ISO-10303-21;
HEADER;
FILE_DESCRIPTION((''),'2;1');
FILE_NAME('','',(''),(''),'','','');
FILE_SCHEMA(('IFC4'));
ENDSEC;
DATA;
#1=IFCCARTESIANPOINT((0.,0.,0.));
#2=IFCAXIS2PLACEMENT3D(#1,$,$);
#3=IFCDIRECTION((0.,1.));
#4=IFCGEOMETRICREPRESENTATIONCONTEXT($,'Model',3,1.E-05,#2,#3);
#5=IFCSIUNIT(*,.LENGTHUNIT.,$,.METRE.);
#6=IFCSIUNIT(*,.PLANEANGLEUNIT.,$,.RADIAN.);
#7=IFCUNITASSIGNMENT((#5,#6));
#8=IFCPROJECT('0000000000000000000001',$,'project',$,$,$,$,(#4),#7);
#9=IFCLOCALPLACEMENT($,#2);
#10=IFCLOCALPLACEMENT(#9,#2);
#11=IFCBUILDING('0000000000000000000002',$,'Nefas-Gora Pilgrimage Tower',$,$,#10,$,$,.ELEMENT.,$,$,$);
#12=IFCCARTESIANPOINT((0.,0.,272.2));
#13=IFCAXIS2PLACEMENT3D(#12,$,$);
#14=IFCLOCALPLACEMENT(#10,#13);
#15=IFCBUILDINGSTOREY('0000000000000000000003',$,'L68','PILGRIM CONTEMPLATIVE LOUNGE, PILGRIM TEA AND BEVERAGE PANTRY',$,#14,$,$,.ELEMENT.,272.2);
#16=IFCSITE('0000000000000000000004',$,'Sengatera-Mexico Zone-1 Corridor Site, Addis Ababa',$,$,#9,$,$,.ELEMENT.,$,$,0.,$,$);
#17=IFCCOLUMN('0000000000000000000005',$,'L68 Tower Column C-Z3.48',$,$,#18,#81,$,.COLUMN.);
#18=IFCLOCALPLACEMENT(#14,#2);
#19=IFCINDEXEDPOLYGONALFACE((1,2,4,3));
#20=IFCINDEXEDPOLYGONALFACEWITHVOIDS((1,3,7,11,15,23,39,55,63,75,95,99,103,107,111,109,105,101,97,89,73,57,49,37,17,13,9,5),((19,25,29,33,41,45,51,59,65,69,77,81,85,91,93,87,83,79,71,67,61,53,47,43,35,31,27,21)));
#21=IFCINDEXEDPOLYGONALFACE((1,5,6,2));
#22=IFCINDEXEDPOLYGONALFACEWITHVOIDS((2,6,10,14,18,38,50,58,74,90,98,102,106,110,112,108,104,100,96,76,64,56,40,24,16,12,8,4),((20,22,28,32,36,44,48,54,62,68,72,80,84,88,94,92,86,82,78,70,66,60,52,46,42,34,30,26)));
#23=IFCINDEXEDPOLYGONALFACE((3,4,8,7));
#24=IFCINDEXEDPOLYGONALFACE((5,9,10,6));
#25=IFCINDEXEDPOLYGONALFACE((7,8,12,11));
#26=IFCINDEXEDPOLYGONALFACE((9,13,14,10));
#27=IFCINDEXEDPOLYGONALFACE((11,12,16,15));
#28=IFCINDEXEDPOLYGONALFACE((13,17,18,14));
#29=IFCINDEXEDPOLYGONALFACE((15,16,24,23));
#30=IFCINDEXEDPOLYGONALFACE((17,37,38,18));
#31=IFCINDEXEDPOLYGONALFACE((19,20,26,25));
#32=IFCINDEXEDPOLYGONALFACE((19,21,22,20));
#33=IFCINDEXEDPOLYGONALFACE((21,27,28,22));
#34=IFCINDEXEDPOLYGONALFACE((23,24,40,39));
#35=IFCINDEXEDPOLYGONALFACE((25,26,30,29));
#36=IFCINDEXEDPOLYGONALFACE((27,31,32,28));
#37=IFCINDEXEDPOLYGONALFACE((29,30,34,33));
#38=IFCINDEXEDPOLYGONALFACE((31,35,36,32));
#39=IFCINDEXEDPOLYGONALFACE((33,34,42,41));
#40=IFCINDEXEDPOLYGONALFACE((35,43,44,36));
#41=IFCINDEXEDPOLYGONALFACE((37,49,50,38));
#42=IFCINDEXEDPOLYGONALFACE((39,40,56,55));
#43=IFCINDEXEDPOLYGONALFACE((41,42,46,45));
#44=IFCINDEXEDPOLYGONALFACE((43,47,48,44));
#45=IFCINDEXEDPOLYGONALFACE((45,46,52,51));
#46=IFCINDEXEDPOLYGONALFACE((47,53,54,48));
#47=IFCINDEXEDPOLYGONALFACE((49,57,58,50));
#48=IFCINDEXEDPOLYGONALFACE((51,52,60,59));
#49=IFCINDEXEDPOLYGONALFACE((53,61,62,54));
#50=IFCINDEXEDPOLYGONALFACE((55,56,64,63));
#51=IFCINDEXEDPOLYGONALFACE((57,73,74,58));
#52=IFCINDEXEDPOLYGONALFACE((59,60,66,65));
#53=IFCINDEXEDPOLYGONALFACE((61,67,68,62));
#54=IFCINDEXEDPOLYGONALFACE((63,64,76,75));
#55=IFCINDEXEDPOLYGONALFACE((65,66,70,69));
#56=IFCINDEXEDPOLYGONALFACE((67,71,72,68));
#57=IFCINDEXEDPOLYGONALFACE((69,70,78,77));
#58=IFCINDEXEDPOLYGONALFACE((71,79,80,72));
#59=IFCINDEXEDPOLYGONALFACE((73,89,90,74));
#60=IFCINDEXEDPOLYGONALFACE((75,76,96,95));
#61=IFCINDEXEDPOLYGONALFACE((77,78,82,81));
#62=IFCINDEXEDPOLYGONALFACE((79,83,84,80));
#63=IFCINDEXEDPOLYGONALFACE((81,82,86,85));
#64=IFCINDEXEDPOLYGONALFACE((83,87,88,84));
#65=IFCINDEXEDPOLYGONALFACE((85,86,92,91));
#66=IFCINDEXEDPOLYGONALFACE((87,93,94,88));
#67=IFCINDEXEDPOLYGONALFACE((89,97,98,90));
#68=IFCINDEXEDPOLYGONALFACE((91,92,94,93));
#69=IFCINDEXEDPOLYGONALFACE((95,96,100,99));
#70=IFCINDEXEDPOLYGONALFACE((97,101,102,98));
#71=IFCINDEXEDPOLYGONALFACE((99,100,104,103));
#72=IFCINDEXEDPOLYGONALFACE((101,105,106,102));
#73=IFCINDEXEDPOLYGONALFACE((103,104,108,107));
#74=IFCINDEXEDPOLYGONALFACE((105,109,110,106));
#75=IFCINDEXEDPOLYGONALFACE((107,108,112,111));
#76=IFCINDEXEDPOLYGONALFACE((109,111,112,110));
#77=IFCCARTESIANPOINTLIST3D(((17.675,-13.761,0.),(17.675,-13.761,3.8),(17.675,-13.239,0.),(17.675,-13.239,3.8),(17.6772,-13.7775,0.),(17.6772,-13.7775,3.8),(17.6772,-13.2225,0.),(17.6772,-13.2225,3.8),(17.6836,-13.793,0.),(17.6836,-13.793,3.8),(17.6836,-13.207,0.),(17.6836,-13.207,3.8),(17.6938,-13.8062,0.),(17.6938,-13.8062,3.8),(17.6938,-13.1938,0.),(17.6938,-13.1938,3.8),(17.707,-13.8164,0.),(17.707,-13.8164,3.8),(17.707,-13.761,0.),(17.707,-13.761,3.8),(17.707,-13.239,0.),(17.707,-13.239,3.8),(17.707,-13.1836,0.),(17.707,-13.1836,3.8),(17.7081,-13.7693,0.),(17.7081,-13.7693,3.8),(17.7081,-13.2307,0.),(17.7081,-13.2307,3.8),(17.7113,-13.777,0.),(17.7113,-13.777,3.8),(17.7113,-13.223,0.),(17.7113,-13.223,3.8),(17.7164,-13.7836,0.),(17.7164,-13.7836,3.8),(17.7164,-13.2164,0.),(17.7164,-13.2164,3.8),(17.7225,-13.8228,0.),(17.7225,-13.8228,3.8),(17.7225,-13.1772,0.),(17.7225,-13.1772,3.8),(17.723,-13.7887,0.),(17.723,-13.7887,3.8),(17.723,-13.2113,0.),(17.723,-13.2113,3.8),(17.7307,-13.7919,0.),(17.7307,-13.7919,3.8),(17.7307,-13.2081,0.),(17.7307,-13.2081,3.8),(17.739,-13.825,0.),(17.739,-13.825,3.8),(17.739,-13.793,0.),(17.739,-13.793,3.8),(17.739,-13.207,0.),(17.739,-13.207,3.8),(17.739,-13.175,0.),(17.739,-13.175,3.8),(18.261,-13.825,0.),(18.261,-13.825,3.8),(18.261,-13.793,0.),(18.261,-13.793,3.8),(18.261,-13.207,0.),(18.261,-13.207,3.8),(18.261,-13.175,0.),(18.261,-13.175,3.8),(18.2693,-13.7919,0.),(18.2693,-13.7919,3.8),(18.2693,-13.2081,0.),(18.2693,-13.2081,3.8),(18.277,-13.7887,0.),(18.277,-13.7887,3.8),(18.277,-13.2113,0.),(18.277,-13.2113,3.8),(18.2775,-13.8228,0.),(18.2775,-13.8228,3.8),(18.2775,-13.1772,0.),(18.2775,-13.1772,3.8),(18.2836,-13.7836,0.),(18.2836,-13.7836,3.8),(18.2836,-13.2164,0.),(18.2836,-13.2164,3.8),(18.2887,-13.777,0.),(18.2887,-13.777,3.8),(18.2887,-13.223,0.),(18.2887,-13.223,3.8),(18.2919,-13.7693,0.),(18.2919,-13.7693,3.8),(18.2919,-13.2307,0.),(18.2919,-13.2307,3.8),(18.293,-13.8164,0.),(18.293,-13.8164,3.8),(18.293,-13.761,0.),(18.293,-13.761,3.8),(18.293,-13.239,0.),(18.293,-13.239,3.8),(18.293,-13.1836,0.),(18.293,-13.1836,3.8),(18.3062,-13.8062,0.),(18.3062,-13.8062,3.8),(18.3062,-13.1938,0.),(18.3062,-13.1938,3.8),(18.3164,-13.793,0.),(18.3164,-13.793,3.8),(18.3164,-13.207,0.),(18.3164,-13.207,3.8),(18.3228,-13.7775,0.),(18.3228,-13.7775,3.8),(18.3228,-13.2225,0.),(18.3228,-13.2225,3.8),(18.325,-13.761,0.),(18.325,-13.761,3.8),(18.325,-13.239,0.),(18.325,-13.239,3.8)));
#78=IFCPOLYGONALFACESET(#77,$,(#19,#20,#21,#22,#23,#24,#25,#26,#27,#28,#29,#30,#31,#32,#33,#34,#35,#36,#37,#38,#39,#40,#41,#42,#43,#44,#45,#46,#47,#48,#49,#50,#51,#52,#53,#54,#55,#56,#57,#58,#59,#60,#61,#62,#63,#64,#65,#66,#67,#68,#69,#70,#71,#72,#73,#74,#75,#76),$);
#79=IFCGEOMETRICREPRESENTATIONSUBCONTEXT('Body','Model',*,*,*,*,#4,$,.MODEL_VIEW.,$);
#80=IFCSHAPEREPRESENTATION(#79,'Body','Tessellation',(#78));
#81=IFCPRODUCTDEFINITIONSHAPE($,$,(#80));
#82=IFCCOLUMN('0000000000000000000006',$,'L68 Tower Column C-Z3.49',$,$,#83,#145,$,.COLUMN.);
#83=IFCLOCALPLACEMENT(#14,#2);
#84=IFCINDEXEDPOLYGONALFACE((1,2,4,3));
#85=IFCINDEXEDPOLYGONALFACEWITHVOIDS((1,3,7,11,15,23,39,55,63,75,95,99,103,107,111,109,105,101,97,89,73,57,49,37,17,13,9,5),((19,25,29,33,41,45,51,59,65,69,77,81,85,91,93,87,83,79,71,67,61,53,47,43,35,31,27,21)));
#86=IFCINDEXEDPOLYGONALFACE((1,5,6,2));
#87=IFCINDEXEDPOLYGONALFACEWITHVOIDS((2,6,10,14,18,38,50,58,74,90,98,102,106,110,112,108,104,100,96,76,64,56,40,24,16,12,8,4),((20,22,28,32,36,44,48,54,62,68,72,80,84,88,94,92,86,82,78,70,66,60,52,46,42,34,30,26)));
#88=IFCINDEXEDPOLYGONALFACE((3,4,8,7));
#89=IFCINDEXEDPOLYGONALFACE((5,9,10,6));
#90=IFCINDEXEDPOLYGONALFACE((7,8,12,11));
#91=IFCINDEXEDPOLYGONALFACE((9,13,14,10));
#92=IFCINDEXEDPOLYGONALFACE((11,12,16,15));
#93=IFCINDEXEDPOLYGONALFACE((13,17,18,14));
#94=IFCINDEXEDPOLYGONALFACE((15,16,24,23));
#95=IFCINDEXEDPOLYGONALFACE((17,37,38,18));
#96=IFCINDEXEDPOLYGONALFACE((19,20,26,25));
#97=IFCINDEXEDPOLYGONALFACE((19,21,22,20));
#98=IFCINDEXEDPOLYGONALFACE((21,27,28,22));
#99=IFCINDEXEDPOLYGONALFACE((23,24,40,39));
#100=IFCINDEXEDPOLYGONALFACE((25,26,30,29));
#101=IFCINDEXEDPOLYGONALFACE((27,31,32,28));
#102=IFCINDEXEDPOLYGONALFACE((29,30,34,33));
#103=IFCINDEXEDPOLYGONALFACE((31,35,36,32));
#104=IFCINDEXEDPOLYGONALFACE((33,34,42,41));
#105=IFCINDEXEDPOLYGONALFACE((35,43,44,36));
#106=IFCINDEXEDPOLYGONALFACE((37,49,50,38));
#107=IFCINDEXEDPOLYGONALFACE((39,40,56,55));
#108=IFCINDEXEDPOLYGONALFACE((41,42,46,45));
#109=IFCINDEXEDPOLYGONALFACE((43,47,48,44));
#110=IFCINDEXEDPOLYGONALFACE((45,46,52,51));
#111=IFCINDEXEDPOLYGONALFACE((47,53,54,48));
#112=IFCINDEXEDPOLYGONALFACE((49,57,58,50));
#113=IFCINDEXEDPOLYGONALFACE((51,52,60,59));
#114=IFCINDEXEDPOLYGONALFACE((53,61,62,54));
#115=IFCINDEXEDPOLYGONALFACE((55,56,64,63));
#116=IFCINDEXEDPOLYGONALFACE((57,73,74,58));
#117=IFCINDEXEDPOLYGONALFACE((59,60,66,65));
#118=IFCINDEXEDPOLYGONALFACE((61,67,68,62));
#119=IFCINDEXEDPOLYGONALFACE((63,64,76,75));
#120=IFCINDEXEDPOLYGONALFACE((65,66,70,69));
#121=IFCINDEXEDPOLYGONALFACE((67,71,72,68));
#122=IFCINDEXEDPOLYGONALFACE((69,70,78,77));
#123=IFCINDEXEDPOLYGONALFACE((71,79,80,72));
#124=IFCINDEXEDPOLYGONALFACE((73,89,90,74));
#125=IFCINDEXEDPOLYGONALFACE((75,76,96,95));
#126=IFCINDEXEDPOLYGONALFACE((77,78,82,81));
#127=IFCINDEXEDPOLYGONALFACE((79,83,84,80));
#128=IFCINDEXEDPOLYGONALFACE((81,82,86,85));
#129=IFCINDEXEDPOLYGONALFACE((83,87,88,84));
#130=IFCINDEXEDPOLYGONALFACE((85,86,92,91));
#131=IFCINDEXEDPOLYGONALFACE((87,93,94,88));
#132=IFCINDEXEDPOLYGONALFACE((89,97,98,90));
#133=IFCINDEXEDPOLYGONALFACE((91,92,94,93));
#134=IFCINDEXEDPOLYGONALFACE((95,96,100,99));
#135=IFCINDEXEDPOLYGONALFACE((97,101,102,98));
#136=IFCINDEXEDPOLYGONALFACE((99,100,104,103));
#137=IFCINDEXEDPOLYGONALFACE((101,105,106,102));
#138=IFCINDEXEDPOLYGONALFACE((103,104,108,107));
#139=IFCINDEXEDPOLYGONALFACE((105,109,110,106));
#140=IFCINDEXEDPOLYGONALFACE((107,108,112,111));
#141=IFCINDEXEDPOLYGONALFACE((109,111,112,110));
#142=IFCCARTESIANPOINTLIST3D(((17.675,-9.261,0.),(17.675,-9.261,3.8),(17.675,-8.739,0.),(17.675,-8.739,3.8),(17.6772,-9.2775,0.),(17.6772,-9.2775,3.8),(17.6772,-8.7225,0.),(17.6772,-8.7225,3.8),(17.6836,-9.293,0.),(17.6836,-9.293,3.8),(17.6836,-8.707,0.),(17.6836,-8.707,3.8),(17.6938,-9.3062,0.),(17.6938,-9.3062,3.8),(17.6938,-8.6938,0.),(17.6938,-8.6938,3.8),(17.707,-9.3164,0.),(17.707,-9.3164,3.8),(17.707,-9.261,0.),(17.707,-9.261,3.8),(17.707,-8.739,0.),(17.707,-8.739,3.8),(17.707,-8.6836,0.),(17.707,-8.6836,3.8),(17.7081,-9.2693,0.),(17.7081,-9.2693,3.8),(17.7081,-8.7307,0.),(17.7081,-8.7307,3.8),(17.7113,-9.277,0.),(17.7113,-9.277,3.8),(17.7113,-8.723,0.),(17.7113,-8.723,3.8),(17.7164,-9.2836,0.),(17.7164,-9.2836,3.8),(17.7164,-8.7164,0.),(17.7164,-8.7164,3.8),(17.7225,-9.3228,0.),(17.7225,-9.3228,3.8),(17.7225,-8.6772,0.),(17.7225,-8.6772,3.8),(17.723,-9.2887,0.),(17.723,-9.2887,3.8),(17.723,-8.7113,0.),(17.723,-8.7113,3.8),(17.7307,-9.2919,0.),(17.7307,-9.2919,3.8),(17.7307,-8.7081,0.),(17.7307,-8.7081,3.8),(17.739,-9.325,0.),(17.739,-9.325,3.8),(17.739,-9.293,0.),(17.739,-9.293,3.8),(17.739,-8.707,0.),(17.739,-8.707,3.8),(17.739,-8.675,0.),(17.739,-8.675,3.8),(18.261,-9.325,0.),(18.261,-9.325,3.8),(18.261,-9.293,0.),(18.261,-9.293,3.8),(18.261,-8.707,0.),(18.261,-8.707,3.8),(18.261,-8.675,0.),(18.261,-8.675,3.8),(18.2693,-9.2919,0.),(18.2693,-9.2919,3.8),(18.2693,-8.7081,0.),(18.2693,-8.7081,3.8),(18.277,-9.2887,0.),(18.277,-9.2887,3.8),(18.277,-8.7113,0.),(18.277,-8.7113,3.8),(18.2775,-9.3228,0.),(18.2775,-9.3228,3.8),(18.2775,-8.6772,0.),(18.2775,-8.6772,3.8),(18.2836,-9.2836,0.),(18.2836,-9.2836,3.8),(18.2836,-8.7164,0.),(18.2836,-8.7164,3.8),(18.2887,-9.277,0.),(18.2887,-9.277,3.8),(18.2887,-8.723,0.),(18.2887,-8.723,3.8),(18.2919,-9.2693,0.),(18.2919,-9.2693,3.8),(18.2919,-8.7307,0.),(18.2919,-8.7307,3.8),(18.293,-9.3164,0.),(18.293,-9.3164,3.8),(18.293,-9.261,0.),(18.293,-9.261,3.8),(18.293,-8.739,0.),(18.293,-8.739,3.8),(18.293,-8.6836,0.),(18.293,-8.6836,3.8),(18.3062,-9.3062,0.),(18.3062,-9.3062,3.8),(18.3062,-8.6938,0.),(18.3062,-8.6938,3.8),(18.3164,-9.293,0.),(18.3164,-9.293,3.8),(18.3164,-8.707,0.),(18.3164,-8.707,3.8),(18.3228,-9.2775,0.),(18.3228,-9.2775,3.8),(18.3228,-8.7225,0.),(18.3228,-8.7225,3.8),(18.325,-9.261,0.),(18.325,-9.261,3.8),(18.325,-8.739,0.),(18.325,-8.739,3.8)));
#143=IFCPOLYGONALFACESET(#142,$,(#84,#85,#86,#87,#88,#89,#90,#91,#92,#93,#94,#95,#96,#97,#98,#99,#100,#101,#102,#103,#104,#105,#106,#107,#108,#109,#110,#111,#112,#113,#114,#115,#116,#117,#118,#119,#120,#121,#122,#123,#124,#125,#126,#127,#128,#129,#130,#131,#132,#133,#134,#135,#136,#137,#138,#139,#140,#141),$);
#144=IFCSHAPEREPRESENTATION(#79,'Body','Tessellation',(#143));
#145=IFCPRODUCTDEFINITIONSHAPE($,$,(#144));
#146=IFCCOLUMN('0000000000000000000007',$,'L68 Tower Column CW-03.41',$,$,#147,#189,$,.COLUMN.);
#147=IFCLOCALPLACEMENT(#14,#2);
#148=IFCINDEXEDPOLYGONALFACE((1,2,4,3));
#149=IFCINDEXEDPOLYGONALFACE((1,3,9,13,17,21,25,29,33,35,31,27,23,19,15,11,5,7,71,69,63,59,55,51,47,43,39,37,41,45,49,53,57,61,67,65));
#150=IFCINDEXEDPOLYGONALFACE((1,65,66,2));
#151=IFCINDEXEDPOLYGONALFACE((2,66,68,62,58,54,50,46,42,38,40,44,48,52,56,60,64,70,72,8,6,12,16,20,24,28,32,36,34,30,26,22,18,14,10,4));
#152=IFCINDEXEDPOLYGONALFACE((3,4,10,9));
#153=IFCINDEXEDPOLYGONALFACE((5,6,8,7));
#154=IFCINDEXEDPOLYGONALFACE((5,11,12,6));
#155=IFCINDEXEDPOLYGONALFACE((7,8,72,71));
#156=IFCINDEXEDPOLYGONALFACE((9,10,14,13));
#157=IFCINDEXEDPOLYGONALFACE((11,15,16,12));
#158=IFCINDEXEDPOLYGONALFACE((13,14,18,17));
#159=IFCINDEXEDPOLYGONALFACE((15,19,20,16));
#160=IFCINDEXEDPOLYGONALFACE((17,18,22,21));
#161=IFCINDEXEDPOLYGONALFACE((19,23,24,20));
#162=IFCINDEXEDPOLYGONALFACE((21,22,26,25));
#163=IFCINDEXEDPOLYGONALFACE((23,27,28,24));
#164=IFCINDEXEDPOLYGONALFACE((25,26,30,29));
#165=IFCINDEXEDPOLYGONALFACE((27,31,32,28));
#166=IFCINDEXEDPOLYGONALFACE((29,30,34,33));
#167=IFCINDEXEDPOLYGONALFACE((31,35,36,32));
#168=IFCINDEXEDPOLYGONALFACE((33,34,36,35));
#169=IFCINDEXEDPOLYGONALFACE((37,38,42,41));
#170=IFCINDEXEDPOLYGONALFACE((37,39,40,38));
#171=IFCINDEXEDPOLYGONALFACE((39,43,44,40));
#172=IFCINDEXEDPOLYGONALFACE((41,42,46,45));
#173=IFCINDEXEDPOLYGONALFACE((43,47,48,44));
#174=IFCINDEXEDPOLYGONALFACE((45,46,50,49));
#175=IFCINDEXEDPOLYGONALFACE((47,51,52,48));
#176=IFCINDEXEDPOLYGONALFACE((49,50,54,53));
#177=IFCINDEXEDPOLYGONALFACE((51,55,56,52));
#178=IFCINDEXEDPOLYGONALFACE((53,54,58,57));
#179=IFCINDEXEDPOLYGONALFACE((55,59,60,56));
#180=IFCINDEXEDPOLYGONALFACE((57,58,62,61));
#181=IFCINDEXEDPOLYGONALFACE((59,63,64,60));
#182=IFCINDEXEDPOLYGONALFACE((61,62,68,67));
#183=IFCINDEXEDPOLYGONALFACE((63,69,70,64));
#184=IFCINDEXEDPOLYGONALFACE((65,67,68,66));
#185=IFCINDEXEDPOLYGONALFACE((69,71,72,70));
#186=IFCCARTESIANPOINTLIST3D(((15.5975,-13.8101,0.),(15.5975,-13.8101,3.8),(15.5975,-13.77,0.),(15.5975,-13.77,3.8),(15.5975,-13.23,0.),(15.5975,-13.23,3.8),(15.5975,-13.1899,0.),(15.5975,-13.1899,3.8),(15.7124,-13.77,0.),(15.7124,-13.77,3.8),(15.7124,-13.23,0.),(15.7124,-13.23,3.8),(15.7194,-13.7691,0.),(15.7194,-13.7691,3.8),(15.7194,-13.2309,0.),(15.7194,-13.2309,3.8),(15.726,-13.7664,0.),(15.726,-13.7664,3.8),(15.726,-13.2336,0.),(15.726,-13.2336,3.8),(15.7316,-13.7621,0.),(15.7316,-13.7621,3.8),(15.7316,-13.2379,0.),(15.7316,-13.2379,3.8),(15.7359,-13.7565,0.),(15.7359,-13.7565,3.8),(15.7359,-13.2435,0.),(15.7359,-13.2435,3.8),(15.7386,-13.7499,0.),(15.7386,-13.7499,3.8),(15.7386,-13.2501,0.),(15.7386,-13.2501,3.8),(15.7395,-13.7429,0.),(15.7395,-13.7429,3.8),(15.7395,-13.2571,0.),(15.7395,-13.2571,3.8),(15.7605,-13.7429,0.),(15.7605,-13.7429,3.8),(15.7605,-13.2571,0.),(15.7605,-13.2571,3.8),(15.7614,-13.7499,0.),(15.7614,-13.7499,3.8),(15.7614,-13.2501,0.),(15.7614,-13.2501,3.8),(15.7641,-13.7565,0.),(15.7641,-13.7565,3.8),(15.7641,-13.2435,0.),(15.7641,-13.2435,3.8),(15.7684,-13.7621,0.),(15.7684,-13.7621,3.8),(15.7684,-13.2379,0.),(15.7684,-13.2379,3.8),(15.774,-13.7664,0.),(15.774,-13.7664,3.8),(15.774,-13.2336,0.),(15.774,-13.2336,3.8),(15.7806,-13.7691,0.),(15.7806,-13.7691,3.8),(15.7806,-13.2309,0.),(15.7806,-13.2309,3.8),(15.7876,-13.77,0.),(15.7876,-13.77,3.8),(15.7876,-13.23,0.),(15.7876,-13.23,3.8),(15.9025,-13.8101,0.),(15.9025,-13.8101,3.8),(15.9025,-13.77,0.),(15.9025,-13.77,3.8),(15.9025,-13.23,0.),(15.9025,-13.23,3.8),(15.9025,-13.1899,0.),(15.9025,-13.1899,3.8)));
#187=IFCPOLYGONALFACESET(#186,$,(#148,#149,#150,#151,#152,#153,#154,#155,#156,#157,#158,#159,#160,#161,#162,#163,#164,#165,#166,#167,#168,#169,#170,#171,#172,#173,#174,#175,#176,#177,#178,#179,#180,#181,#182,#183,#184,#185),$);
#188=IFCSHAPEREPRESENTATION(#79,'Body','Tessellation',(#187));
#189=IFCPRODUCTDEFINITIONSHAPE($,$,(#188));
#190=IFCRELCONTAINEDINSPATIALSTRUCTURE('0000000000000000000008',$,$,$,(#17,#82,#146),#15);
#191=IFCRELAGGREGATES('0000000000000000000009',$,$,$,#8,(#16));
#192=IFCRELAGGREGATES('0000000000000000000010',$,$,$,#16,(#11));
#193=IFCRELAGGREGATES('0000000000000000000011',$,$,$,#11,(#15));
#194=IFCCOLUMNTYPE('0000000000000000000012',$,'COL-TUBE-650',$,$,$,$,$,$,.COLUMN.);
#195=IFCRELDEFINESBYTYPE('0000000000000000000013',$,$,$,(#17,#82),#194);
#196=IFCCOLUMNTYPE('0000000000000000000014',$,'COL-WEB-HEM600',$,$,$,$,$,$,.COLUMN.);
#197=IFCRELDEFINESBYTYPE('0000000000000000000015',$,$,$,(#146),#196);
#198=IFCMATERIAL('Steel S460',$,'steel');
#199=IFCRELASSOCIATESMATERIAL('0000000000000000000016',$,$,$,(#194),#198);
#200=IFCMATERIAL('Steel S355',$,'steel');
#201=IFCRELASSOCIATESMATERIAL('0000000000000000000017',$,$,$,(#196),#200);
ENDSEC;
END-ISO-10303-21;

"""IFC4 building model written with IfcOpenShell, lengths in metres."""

from ifc_helpers import new_model, si_unit, direction, frame, origin, origin_2d, place, context, subcontext, project, spatial, hollow_rectangle, i_section, extrude, source, transform, mapped, material, material_profile, profile_set, type_object, element, save


model = new_model("IFC4")

# Units and contexts
model_context = context("Model", 3, precision=1e-05, world=origin(), true_north=direction((0.0, 1.0)))
body_context = subcontext(model_context, "Body", "Model", "MODEL_VIEW")
ifc_project = project(units=[si_unit("LENGTHUNIT", "METRE"), si_unit("PLANEANGLEUNIT", "RADIAN")], contexts=[model_context])

# Site, building, storey
site_placement = place(None, origin())
site = spatial("IfcSite", under=ifc_project, at=site_placement, Name="Sengatera-Mexico Zone-1 Corridor Site, Addis Ababa", CompositionType="ELEMENT", RefElevation=0.0)
building_placement = place(site_placement, origin())
building = spatial("IfcBuilding", under=site, at=building_placement, Name="Nefas-Gora Pilgrimage Tower", CompositionType="ELEMENT")
storey_placement = place(building_placement, frame((0.0, 0.0, 272.2)))
storey = spatial("IfcBuildingStorey", under=building, at=storey_placement, Name="L68", Description="PILGRIM CONTEMPLATIVE LOUNGE, PILGRIM TEA AND BEVERAGE PANTRY", CompositionType="ELEMENT", Elevation=272.2)

# Columns
ifc_material_1 = material(Name="Steel S460", Category="steel")
ifc_material_profile_1 = material_profile(ifc_material_1, hollow_rectangle(XDim=0.6499, YDim=0.6499, WallThickness=0.032, InnerFilletRadius=0.032, OuterFilletRadius=0.064, at=origin_2d()), Name="BOX 650x650x32")
ifc_profile_set_1 = profile_set([ifc_material_profile_1], Name="Steel S460")
column_type_1 = type_object("IfcColumnType", Name="COL-TUBE-650", PredefinedType="COLUMN", material=ifc_profile_set_1)
shared_shape_1 = source(origin(), body_context, "Body", "SweptSolid", [
    extrude(hollow_rectangle(XDim=0.6499, YDim=0.6499, WallThickness=0.032, InnerFilletRadius=0.032, OuterFilletRadius=0.064, at=origin_2d()), origin(), (0.0, 0.0, 1.0), 3.8),
])
for number, where, z_axis, x_axis, name in (
    (1, (18.0, -13.5, 0.0), (0.0, 0.0, 1.0), (1.0, 0.0, 0.0), "L68 Tower Column C-Z3.48"),
    (2, (18.0, -9.0, 0.0), (0.0, 0.0, 1.0), (1.0, 0.0, 0.0), "L68 Tower Column C-Z3.49"),
):
    element("IfcColumn", number, at=place(storey_placement, frame(where, z_axis=z_axis, x_axis=x_axis)), inside=storey, type_object=column_type_1, Name=name, PredefinedType="COLUMN", context=body_context, shape_type="MappedRepresentation", body=[
        mapped(shared_shape_1, transform((0.0, 0.0, 0.0), x_axis=(1.0, 0.0, 0.0), y_axis=(0.0, 1.0, 0.0), z_axis=(0.0, 0.0, 1.0), scale=1.0)),
    ])
ifc_material_2 = material(Name="Steel S355", Category="steel")
ifc_material_profile_2 = material_profile(ifc_material_2, i_section(OverallWidth=0.3049, OverallDepth=0.6201, WebThickness=0.021, FlangeThickness=0.04, FilletRadius=0.0271, at=origin_2d()), Name="HEM 600")
ifc_profile_set_2 = profile_set([ifc_material_profile_2], Name="Steel S355")
column_type_2 = type_object("IfcColumnType", Name="COL-WEB-HEM600", PredefinedType="COLUMN", material=ifc_profile_set_2)
shared_shape_2 = source(origin(), body_context, "Body", "SweptSolid", [
    extrude(i_section(OverallWidth=0.3049, OverallDepth=0.6201, WebThickness=0.021, FlangeThickness=0.04, FilletRadius=0.0271, at=origin_2d()), origin(), (0.0, 0.0, 1.0), 3.8),
])
for number, where, z_axis, x_axis, name in (
    (3, (15.75, -13.5, 0.0), (0.0, 0.0, 1.0), (1.0, 0.0, 0.0), "L68 Tower Column CW-03.41"),
):
    element("IfcColumn", number, at=place(storey_placement, frame(where, z_axis=z_axis, x_axis=x_axis)), inside=storey, type_object=column_type_2, Name=name, PredefinedType="COLUMN", context=body_context, shape_type="MappedRepresentation", body=[
        mapped(shared_shape_2, transform((0.0, 0.0, 0.0), x_axis=(1.0, 0.0, 0.0), y_axis=(0.0, 1.0, 0.0), z_axis=(0.0, 0.0, 1.0), scale=1.0)),
    ])

save(model, "model.ifc")
